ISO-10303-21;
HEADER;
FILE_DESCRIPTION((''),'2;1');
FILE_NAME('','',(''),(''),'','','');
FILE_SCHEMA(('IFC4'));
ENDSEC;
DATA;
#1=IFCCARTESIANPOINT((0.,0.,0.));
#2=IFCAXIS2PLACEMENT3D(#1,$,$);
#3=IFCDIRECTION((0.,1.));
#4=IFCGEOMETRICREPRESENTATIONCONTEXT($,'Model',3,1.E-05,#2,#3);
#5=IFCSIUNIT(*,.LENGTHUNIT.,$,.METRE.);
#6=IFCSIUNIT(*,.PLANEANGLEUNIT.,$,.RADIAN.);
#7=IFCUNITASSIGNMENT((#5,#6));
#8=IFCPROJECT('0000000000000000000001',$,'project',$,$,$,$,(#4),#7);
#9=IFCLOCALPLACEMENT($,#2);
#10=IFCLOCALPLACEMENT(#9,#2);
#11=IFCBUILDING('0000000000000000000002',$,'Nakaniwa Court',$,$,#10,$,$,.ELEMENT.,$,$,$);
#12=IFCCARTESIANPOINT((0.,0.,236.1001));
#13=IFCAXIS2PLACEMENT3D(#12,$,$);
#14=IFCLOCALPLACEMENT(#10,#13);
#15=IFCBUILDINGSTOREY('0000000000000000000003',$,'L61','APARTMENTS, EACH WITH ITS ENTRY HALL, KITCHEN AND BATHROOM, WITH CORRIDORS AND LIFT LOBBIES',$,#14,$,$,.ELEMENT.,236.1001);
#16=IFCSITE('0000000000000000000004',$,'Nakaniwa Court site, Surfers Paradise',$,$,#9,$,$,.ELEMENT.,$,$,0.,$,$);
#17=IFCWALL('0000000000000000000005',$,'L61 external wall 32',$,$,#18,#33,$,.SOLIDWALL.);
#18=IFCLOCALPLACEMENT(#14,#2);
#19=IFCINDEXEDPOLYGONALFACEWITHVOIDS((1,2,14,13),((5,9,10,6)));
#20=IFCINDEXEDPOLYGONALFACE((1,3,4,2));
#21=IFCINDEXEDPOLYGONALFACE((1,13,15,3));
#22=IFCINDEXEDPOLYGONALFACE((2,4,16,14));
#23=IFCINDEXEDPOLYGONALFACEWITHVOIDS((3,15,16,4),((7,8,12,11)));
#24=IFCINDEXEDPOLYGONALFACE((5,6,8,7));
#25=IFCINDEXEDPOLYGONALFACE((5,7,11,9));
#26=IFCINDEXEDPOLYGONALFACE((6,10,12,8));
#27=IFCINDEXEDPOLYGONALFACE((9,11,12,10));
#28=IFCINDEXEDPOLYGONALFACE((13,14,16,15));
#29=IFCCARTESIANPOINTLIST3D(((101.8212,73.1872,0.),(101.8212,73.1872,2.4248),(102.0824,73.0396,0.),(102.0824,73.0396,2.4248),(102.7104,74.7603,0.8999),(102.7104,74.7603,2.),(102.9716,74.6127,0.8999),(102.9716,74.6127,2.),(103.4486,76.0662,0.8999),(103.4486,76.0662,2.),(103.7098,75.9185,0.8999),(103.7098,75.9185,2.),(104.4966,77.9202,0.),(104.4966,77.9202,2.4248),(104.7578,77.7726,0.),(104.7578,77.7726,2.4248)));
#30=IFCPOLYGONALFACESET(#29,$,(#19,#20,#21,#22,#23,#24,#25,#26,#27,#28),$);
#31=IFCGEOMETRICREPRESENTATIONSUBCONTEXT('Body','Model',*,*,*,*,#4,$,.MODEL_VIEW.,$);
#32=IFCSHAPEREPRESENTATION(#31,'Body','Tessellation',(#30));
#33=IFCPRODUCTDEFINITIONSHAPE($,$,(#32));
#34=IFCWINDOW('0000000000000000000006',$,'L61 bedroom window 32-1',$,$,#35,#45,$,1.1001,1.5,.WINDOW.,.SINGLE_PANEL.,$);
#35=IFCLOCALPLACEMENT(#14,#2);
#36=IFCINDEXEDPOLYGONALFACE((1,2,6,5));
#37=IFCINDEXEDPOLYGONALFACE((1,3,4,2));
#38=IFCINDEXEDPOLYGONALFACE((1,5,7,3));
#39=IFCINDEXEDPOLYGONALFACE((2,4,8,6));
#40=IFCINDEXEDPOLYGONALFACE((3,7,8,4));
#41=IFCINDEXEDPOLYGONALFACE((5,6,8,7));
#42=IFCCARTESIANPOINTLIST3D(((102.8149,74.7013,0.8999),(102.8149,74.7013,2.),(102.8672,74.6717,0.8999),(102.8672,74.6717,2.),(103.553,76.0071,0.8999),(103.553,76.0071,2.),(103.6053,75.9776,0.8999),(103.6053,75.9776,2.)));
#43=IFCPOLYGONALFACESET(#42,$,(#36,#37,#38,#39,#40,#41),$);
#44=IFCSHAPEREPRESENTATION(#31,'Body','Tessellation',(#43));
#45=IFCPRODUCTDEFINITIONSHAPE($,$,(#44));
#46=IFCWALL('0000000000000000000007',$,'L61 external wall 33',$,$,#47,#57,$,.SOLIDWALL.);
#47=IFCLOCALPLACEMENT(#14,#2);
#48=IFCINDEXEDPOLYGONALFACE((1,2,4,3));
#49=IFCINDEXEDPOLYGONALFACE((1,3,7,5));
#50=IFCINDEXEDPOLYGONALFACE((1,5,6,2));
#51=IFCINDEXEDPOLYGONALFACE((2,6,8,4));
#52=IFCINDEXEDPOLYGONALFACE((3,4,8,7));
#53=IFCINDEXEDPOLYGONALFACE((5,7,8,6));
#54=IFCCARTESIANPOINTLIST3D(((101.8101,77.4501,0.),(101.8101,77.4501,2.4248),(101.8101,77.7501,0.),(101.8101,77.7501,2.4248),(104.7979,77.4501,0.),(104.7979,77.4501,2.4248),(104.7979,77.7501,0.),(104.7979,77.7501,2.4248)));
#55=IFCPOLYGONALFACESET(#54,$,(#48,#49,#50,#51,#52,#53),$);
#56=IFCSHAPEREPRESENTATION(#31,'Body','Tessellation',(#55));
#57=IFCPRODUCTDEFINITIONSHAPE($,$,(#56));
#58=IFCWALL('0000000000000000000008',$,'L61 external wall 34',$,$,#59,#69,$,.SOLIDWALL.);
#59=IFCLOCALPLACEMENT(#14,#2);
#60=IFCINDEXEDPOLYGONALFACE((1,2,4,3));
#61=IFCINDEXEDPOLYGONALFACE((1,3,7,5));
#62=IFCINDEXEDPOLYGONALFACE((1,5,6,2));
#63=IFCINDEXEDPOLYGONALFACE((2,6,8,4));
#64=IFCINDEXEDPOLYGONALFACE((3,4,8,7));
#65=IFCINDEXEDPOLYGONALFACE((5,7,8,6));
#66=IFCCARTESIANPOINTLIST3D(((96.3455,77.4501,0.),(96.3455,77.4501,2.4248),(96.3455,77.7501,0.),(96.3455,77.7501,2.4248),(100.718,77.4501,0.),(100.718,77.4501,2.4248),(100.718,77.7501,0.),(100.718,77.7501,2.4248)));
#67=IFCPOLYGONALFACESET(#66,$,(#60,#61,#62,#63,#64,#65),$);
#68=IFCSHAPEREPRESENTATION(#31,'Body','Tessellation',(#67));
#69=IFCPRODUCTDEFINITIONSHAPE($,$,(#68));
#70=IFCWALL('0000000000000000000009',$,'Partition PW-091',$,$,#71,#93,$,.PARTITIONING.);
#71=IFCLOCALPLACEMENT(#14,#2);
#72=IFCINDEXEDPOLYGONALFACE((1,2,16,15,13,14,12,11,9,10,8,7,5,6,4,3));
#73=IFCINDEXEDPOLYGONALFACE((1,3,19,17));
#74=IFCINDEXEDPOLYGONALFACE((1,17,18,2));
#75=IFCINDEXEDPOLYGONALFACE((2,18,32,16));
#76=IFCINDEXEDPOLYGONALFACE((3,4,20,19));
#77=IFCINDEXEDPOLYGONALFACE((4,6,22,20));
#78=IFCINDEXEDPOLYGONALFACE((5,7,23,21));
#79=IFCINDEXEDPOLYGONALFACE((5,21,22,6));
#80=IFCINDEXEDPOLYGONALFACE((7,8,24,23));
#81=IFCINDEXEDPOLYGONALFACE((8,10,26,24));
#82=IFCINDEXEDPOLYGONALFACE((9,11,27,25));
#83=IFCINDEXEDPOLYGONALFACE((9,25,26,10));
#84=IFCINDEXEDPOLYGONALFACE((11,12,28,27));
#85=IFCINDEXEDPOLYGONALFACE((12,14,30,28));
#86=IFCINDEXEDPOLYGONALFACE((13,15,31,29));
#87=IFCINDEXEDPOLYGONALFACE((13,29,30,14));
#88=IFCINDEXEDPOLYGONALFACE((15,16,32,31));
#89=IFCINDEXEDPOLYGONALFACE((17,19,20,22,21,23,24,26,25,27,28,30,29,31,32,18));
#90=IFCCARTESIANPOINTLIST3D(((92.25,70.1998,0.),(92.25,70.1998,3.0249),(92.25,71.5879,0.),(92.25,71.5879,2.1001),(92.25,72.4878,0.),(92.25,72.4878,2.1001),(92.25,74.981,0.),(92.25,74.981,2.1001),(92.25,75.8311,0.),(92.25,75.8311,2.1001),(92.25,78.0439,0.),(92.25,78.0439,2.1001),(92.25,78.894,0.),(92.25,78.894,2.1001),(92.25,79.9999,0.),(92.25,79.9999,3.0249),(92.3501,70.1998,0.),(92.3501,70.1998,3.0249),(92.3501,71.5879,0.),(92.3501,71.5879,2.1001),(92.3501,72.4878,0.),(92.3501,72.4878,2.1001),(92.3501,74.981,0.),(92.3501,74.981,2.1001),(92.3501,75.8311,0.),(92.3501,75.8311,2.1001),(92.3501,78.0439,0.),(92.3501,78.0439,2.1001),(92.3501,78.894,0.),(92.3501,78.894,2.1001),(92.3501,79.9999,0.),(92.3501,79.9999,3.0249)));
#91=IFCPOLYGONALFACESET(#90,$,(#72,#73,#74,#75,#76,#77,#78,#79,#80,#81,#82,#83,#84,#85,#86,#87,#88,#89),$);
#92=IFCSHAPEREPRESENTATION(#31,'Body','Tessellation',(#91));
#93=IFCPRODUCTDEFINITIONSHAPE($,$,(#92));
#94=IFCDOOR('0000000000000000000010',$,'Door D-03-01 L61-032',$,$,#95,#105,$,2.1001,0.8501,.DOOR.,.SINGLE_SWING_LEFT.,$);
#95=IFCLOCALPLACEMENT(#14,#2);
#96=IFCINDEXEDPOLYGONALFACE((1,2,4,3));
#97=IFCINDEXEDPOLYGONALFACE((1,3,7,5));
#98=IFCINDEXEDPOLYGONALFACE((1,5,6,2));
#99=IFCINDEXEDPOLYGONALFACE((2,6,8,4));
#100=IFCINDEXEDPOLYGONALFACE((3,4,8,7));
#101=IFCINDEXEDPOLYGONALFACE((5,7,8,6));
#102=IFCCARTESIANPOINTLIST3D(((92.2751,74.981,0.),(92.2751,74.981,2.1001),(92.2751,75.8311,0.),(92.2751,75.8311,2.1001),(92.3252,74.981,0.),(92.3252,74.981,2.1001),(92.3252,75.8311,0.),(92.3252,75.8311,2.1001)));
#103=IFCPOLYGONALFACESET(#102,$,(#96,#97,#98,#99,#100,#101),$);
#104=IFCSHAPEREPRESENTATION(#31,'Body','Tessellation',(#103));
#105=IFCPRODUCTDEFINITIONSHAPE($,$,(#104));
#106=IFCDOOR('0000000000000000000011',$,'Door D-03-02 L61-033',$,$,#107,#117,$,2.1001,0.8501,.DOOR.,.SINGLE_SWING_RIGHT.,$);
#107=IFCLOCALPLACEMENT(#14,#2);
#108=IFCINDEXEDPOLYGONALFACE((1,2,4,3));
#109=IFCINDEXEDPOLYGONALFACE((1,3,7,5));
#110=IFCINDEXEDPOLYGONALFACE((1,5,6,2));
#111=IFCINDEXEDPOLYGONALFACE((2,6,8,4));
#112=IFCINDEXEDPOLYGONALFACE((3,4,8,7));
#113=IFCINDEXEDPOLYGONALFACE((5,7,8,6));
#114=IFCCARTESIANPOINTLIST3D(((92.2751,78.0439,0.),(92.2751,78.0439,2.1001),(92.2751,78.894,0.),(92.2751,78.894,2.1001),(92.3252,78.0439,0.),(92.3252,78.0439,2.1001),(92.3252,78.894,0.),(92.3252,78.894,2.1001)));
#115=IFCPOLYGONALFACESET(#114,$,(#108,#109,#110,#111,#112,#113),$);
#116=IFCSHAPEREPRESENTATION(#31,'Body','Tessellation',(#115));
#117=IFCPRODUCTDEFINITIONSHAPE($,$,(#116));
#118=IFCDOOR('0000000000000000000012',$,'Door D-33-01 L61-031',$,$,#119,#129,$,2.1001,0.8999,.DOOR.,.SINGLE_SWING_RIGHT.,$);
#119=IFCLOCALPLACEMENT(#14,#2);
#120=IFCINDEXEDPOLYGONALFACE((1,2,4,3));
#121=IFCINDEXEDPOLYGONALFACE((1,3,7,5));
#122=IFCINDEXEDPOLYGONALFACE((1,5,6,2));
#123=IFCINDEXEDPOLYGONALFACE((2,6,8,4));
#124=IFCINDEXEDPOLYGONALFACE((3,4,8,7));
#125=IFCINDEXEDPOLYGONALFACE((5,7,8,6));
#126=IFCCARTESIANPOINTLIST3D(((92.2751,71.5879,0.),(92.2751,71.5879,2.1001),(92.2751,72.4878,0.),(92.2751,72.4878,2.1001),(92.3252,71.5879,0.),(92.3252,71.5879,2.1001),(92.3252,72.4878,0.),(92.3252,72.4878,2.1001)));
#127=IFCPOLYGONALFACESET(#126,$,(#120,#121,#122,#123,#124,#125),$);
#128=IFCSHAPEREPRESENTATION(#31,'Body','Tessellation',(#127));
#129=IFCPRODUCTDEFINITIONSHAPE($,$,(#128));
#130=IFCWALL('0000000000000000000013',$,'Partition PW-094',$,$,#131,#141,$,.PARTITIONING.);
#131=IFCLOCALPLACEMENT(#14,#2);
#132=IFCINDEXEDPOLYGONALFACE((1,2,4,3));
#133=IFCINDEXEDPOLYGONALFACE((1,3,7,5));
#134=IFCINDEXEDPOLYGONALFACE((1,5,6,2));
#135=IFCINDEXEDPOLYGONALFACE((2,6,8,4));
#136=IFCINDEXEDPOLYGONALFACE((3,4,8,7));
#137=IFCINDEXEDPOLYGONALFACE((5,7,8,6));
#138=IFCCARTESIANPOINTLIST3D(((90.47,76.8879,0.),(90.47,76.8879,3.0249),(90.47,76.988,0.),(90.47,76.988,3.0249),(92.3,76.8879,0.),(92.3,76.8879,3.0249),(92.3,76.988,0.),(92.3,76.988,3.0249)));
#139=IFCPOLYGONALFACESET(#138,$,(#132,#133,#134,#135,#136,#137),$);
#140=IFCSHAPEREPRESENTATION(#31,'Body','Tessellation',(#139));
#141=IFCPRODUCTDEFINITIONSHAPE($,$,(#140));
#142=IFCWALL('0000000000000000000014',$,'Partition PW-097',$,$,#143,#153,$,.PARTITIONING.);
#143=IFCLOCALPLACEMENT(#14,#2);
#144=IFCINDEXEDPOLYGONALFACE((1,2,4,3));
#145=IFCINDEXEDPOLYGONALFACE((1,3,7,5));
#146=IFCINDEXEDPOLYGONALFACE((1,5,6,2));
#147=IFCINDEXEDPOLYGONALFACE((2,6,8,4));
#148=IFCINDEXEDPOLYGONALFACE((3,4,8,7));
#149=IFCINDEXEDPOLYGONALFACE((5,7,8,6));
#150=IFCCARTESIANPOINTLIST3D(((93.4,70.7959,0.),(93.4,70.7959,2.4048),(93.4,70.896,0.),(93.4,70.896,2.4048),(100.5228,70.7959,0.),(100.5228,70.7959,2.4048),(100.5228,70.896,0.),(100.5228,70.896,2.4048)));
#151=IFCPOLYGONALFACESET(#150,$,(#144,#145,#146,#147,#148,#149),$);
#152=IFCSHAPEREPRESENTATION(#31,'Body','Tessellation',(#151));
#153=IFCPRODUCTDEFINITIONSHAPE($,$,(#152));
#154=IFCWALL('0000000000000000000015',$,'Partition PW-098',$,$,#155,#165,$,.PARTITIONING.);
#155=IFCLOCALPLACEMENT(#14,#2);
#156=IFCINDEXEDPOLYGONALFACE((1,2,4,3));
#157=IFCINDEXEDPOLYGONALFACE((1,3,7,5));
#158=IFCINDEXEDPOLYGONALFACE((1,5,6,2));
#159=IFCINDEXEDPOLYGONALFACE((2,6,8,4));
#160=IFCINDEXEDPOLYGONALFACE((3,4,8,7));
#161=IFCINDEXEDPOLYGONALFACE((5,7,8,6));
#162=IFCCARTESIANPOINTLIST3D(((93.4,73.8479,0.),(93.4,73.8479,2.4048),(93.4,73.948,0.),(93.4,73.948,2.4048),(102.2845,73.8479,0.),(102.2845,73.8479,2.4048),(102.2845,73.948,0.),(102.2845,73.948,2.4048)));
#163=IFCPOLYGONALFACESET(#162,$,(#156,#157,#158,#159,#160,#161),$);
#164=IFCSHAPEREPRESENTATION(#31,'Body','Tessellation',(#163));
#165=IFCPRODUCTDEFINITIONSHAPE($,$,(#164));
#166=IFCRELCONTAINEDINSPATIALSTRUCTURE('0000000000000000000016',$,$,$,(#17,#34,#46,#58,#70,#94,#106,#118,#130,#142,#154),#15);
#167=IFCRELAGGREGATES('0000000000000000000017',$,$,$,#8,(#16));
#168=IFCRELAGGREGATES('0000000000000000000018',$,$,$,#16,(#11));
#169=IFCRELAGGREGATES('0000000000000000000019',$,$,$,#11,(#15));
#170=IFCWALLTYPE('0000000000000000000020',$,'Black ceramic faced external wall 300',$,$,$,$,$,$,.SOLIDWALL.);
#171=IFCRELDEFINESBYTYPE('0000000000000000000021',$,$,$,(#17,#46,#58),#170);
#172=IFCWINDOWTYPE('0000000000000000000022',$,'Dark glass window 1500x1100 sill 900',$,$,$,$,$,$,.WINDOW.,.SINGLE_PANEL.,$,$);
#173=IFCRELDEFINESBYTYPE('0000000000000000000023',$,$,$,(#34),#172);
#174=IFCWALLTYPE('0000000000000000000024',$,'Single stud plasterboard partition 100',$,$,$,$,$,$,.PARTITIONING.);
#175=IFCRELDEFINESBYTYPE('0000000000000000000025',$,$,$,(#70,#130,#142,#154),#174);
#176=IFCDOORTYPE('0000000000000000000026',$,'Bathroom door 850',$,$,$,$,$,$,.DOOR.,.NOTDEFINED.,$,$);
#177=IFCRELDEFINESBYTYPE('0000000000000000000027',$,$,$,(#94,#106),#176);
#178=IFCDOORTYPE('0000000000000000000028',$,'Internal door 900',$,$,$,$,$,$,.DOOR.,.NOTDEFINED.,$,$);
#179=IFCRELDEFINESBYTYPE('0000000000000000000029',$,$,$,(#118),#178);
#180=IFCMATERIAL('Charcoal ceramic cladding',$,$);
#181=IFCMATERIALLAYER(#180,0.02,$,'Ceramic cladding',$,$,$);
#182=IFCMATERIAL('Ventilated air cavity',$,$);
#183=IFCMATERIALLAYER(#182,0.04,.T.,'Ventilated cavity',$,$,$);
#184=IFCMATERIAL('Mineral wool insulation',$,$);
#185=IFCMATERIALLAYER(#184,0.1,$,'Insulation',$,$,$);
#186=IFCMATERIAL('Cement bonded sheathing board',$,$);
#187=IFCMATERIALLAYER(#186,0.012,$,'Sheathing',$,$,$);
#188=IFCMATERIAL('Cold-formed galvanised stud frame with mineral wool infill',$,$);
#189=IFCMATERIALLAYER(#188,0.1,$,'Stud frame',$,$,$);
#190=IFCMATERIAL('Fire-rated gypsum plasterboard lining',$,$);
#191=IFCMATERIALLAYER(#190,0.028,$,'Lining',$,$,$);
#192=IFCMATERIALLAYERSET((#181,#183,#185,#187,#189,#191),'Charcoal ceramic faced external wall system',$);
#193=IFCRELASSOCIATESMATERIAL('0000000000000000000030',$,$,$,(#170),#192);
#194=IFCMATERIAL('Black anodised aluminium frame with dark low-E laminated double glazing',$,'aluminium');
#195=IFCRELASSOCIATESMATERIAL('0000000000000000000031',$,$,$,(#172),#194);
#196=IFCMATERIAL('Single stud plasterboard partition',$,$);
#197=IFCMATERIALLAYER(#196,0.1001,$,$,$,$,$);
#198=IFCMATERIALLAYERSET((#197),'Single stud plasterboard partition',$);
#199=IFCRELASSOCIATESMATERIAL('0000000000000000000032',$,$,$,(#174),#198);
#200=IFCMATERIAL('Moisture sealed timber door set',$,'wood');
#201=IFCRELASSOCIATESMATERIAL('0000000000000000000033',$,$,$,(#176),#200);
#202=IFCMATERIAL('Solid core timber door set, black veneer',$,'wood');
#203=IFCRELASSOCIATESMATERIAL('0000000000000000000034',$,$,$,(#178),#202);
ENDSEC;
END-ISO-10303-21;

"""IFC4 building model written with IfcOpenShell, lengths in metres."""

from ifc_helpers import new_model, si_unit, direction, frame, frame_2d, origin, place, context, subcontext, project, spatial, rectangle, extrude, material, layer, layer_set, type_object, element, fill, save


model = new_model("IFC4")

# Units and contexts
model_context = context("Model", 3, precision=1e-05, world=origin(), true_north=direction((0.0, 1.0)))
body_context = subcontext(model_context, "Body", "Model", "MODEL_VIEW")
ifc_project = project(units=[si_unit("LENGTHUNIT", "METRE"), si_unit("PLANEANGLEUNIT", "RADIAN")], contexts=[model_context])

# Site, building, storey
site_placement = place(None, origin())
site = spatial("IfcSite", under=ifc_project, at=site_placement, Name="Nakaniwa Court site, Surfers Paradise", CompositionType="ELEMENT", RefElevation=0.0)
building_placement = place(site_placement, origin())
building = spatial("IfcBuilding", under=site, at=building_placement, Name="Nakaniwa Court", CompositionType="ELEMENT")
storey_placement = place(building_placement, frame((0.0, 0.0, 236.1001)))
storey = spatial("IfcBuildingStorey", under=building, at=storey_placement, Name="L61", Description="APARTMENTS, EACH WITH ITS ENTRY HALL, KITCHEN AND BATHROOM, WITH CORRIDORS AND LIFT LOBBIES", CompositionType="ELEMENT", Elevation=236.1001)

# Shared definitions
ifc_material_1 = material(Name="Charcoal ceramic cladding")
ifc_layer_1 = layer(ifc_material_1, 0.02, Name="Ceramic cladding")
ifc_material_2 = material(Name="Ventilated air cavity")
ifc_layer_2 = layer(ifc_material_2, 0.04, ventilated=True, Name="Ventilated cavity")
ifc_material_3 = material(Name="Mineral wool insulation")
ifc_layer_3 = layer(ifc_material_3, 0.1, Name="Insulation")
ifc_material_4 = material(Name="Cement bonded sheathing board")
ifc_layer_4 = layer(ifc_material_4, 0.012, Name="Sheathing")
ifc_material_5 = material(Name="Cold-formed galvanised stud frame with mineral wool infill")
ifc_layer_5 = layer(ifc_material_5, 0.1, Name="Stud frame")
ifc_material_6 = material(Name="Fire-rated gypsum plasterboard lining")
ifc_layer_6 = layer(ifc_material_6, 0.028, Name="Lining")
ifc_layer_set_1 = layer_set([ifc_layer_1, ifc_layer_2, ifc_layer_3, ifc_layer_4, ifc_layer_5, ifc_layer_6], Name="Charcoal ceramic faced external wall system")
wall_type_1 = type_object("IfcWallType", Name="Black ceramic faced external wall 300", PredefinedType="SOLIDWALL", material=ifc_layer_set_1)
ifc_material_7 = material(Name="Black anodised aluminium frame with dark low-E laminated double glazing", Category="aluminium")

# Wall, opening, window
wall_1_placement = place(storey_placement, frame((101.9519, 73.1135, 0.0), z_axis=(0.0, 0.0, 1.0), x_axis=(0.492081, 0.870549, 0.0)))
wall_1 = element("IfcWall", 1, at=wall_1_placement, inside=storey, type_object=wall_type_1, Name="L61 external wall 32", PredefinedType="SOLIDWALL", context=body_context, shape_type="SweptSolid", body=[
    extrude(rectangle(XDim=5.4368, YDim=0.3, at=frame_2d((2.7183, 0.0))), origin(), (0.0, 0.0, 1.0), 2.4248),
])
opening_1_placement = place(wall_1_placement, frame((1.8069, 0.0, 0.8999)))
opening_1 = element("IfcOpeningElement", 2, at=opening_1_placement, cuts=wall_1, PredefinedType="OPENING", context=body_context, shape_type="SweptSolid", body=[
    extrude(rectangle(XDim=1.5, YDim=1.1001, at=frame_2d((0.75, 0.55))), frame((0.0, 0.1599, 0.0), z_axis=(0.0, -1.0, 0.0), x_axis=(1.0, 0.0, 0.0)), (0.0, 0.0, 1.0), 0.3201),
])
window_type_1 = type_object("IfcWindowType", Name="Dark glass window 1500x1100 sill 900", PartitioningType="SINGLE_PANEL", PredefinedType="WINDOW", material=ifc_material_7)
window_1_placement = place(opening_1_placement, origin())
window_1 = element("IfcWindow", 3, at=window_1_placement, inside=storey, type_object=window_type_1, Name="L61 bedroom window 32-1", OverallHeight=1.1001, OverallWidth=1.5, PartitioningType="SINGLE_PANEL", PredefinedType="WINDOW", context=body_context, shape_type="SweptSolid", body=[
    extrude(rectangle(XDim=1.5, YDim=1.1001, at=frame_2d((0.75, 0.55))), frame((0.0, 0.03, 0.0), z_axis=(0.0, -1.0, 0.0), x_axis=(1.0, 0.0, 0.0)), (0.0, 0.0, 1.0), 0.0601),
])
fill(opening_1, window_1)

# Walls
wall_2_placement = place(storey_placement, frame((104.7979, 77.6001, 0.0), z_axis=(0.0, 0.0, 1.0), x_axis=(-1.0, 0.0, 0.0)))
element("IfcWall", 4, at=wall_2_placement, inside=storey, type_object=wall_type_1, Name="L61 external wall 33", PredefinedType="SOLIDWALL", context=body_context, shape_type="SweptSolid", body=[
    extrude(rectangle(XDim=2.9878, YDim=0.3, at=frame_2d((1.4939, 0.0))), origin(), (0.0, 0.0, 1.0), 2.4248),
])
wall_3_placement = place(storey_placement, frame((100.718, 77.6001, 0.0), z_axis=(0.0, 0.0, 1.0), x_axis=(-1.0, 0.0, 0.0)))
element("IfcWall", 5, at=wall_3_placement, inside=storey, type_object=wall_type_1, Name="L61 external wall 34", PredefinedType="SOLIDWALL", context=body_context, shape_type="SweptSolid", body=[
    extrude(rectangle(XDim=4.3726, YDim=0.3, at=frame_2d((2.1863, 0.0))), origin(), (0.0, 0.0, 1.0), 2.4248),
])

# Wall, openings, doors
ifc_material_8 = material(Name="Single stud plasterboard partition")
ifc_layer_7 = layer(ifc_material_8, 0.1001)
ifc_layer_set_2 = layer_set([ifc_layer_7], Name="Single stud plasterboard partition")
wall_type_2 = type_object("IfcWallType", Name="Single stud plasterboard partition 100", PredefinedType="PARTITIONING", material=ifc_layer_set_2)
wall_4_placement = place(storey_placement, frame((92.3, 70.2, 0.0), z_axis=(0.0, 0.0, 1.0), x_axis=(0.0, 1.0, 0.0)))
wall_4 = element("IfcWall", 6, at=wall_4_placement, inside=storey, type_object=wall_type_2, Name="Partition PW-091", PredefinedType="PARTITIONING", context=body_context, shape_type="SweptSolid", body=[
    extrude(rectangle(XDim=9.8, YDim=0.1001, at=frame_2d((4.8999, 0.0))), origin(), (0.0, 0.0, 1.0), 3.0249),
])
opening_2_placement = place(wall_4_placement, frame((1.3879, 0.0, 0.0)))
opening_2 = element("IfcOpeningElement", 7, at=opening_2_placement, cuts=wall_4, PredefinedType="OPENING", context=body_context, shape_type="SweptSolid", body=[
    extrude(rectangle(XDim=0.8999, YDim=2.1001, at=frame_2d((0.45, 1.05))), frame((0.0, 0.0601, 0.0), z_axis=(0.0, -1.0, 0.0), x_axis=(1.0, 0.0, 0.0)), (0.0, 0.0, 1.0), 0.1201),
])
opening_3_placement = place(wall_4_placement, frame((4.781, 0.0, 0.0)))
opening_3 = element("IfcOpeningElement", 8, at=opening_3_placement, cuts=wall_4, PredefinedType="OPENING", context=body_context, shape_type="SweptSolid", body=[
    extrude(rectangle(XDim=0.8501, YDim=2.1001, at=frame_2d((0.425, 1.05))), frame((0.0, 0.0601, 0.0), z_axis=(0.0, -1.0, 0.0), x_axis=(1.0, 0.0, 0.0)), (0.0, 0.0, 1.0), 0.1201),
])
opening_4_placement = place(wall_4_placement, frame((7.844, 0.0, 0.0)))
opening_4 = element("IfcOpeningElement", 9, at=opening_4_placement, cuts=wall_4, PredefinedType="OPENING", context=body_context, shape_type="SweptSolid", body=[
    extrude(rectangle(XDim=0.8501, YDim=2.1001, at=frame_2d((0.425, 1.05))), frame((0.0, 0.0601, 0.0), z_axis=(0.0, -1.0, 0.0), x_axis=(1.0, 0.0, 0.0)), (0.0, 0.0, 1.0), 0.1201),
])
ifc_material_9 = material(Name="Moisture sealed timber door set", Category="wood")
door_type_1 = type_object("IfcDoorType", Name="Bathroom door 850", OperationType="NOTDEFINED", PredefinedType="DOOR", material=ifc_material_9)
door_1_placement = place(opening_3_placement, origin())
door_1 = element("IfcDoor", 10, at=door_1_placement, inside=storey, type_object=door_type_1, Name="Door D-03-01 L61-032", OperationType="SINGLE_SWING_LEFT", OverallHeight=2.1001, OverallWidth=0.8501, PredefinedType="DOOR", context=body_context, shape_type="SweptSolid", body=[
    extrude(rectangle(XDim=0.8501, YDim=2.1001, at=frame_2d((0.425, 1.05))), frame((0.0, 0.0249, 0.0), z_axis=(0.0, -1.0, 0.0), x_axis=(1.0, 0.0, 0.0)), (0.0, 0.0, 1.0), 0.05),
])
fill(opening_3, door_1)
door_2_placement = place(opening_4_placement, origin())
door_2 = element("IfcDoor", 11, at=door_2_placement, inside=storey, type_object=door_type_1, Name="Door D-03-02 L61-033", OperationType="SINGLE_SWING_RIGHT", OverallHeight=2.1001, OverallWidth=0.8501, PredefinedType="DOOR", context=body_context, shape_type="SweptSolid", body=[
    extrude(rectangle(XDim=0.8501, YDim=2.1001, at=frame_2d((0.425, 1.05))), frame((0.0, 0.0249, 0.0), z_axis=(0.0, -1.0, 0.0), x_axis=(1.0, 0.0, 0.0)), (0.0, 0.0, 1.0), 0.05),
])
fill(opening_4, door_2)
ifc_material_10 = material(Name="Solid core timber door set, black veneer", Category="wood")
door_type_2 = type_object("IfcDoorType", Name="Internal door 900", OperationType="NOTDEFINED", PredefinedType="DOOR", material=ifc_material_10)
door_3_placement = place(opening_2_placement, origin())
door_3 = element("IfcDoor", 12, at=door_3_placement, inside=storey, type_object=door_type_2, Name="Door D-33-01 L61-031", OperationType="SINGLE_SWING_RIGHT", OverallHeight=2.1001, OverallWidth=0.8999, PredefinedType="DOOR", context=body_context, shape_type="SweptSolid", body=[
    extrude(rectangle(XDim=0.8999, YDim=2.1001, at=frame_2d((0.45, 1.05))), frame((0.0, 0.0249, 0.0), z_axis=(0.0, -1.0, 0.0), x_axis=(1.0, 0.0, 0.0)), (0.0, 0.0, 1.0), 0.05),
])
fill(opening_2, door_3)

# Walls
wall_5_placement = place(storey_placement, frame((90.47, 76.938, 0.0), z_axis=(0.0, 0.0, 1.0), x_axis=(1.0, 0.0, 0.0)))
element("IfcWall", 13, at=wall_5_placement, inside=storey, type_object=wall_type_2, Name="Partition PW-094", PredefinedType="PARTITIONING", context=body_context, shape_type="SweptSolid", body=[
    extrude(rectangle(XDim=1.8301, YDim=0.1001, at=frame_2d((0.915, 0.0))), origin(), (0.0, 0.0, 1.0), 3.0249),
])
wall_6_placement = place(storey_placement, frame((93.3999, 70.8459, 0.0), z_axis=(0.0, 0.0, 1.0), x_axis=(1.0, 0.0, 0.0)))
element("IfcWall", 14, at=wall_6_placement, inside=storey, type_object=wall_type_2, Name="Partition PW-097", PredefinedType="PARTITIONING", context=body_context, shape_type="SweptSolid", body=[
    extrude(rectangle(XDim=7.1228, YDim=0.1001, at=frame_2d((3.5615, 0.0))), origin(), (0.0, 0.0, 1.0), 2.4048),
])
wall_7_placement = place(storey_placement, frame((93.3999, 73.8979, 0.0), z_axis=(0.0, 0.0, 1.0), x_axis=(1.0, 0.0, 0.0)))
element("IfcWall", 15, at=wall_7_placement, inside=storey, type_object=wall_type_2, Name="Partition PW-098", PredefinedType="PARTITIONING", context=body_context, shape_type="SweptSolid", body=[
    extrude(rectangle(XDim=8.8845, YDim=0.1001, at=frame_2d((4.4424, 0.0))), origin(), (0.0, 0.0, 1.0), 2.4048),
])

save(model, "model.ifc")
